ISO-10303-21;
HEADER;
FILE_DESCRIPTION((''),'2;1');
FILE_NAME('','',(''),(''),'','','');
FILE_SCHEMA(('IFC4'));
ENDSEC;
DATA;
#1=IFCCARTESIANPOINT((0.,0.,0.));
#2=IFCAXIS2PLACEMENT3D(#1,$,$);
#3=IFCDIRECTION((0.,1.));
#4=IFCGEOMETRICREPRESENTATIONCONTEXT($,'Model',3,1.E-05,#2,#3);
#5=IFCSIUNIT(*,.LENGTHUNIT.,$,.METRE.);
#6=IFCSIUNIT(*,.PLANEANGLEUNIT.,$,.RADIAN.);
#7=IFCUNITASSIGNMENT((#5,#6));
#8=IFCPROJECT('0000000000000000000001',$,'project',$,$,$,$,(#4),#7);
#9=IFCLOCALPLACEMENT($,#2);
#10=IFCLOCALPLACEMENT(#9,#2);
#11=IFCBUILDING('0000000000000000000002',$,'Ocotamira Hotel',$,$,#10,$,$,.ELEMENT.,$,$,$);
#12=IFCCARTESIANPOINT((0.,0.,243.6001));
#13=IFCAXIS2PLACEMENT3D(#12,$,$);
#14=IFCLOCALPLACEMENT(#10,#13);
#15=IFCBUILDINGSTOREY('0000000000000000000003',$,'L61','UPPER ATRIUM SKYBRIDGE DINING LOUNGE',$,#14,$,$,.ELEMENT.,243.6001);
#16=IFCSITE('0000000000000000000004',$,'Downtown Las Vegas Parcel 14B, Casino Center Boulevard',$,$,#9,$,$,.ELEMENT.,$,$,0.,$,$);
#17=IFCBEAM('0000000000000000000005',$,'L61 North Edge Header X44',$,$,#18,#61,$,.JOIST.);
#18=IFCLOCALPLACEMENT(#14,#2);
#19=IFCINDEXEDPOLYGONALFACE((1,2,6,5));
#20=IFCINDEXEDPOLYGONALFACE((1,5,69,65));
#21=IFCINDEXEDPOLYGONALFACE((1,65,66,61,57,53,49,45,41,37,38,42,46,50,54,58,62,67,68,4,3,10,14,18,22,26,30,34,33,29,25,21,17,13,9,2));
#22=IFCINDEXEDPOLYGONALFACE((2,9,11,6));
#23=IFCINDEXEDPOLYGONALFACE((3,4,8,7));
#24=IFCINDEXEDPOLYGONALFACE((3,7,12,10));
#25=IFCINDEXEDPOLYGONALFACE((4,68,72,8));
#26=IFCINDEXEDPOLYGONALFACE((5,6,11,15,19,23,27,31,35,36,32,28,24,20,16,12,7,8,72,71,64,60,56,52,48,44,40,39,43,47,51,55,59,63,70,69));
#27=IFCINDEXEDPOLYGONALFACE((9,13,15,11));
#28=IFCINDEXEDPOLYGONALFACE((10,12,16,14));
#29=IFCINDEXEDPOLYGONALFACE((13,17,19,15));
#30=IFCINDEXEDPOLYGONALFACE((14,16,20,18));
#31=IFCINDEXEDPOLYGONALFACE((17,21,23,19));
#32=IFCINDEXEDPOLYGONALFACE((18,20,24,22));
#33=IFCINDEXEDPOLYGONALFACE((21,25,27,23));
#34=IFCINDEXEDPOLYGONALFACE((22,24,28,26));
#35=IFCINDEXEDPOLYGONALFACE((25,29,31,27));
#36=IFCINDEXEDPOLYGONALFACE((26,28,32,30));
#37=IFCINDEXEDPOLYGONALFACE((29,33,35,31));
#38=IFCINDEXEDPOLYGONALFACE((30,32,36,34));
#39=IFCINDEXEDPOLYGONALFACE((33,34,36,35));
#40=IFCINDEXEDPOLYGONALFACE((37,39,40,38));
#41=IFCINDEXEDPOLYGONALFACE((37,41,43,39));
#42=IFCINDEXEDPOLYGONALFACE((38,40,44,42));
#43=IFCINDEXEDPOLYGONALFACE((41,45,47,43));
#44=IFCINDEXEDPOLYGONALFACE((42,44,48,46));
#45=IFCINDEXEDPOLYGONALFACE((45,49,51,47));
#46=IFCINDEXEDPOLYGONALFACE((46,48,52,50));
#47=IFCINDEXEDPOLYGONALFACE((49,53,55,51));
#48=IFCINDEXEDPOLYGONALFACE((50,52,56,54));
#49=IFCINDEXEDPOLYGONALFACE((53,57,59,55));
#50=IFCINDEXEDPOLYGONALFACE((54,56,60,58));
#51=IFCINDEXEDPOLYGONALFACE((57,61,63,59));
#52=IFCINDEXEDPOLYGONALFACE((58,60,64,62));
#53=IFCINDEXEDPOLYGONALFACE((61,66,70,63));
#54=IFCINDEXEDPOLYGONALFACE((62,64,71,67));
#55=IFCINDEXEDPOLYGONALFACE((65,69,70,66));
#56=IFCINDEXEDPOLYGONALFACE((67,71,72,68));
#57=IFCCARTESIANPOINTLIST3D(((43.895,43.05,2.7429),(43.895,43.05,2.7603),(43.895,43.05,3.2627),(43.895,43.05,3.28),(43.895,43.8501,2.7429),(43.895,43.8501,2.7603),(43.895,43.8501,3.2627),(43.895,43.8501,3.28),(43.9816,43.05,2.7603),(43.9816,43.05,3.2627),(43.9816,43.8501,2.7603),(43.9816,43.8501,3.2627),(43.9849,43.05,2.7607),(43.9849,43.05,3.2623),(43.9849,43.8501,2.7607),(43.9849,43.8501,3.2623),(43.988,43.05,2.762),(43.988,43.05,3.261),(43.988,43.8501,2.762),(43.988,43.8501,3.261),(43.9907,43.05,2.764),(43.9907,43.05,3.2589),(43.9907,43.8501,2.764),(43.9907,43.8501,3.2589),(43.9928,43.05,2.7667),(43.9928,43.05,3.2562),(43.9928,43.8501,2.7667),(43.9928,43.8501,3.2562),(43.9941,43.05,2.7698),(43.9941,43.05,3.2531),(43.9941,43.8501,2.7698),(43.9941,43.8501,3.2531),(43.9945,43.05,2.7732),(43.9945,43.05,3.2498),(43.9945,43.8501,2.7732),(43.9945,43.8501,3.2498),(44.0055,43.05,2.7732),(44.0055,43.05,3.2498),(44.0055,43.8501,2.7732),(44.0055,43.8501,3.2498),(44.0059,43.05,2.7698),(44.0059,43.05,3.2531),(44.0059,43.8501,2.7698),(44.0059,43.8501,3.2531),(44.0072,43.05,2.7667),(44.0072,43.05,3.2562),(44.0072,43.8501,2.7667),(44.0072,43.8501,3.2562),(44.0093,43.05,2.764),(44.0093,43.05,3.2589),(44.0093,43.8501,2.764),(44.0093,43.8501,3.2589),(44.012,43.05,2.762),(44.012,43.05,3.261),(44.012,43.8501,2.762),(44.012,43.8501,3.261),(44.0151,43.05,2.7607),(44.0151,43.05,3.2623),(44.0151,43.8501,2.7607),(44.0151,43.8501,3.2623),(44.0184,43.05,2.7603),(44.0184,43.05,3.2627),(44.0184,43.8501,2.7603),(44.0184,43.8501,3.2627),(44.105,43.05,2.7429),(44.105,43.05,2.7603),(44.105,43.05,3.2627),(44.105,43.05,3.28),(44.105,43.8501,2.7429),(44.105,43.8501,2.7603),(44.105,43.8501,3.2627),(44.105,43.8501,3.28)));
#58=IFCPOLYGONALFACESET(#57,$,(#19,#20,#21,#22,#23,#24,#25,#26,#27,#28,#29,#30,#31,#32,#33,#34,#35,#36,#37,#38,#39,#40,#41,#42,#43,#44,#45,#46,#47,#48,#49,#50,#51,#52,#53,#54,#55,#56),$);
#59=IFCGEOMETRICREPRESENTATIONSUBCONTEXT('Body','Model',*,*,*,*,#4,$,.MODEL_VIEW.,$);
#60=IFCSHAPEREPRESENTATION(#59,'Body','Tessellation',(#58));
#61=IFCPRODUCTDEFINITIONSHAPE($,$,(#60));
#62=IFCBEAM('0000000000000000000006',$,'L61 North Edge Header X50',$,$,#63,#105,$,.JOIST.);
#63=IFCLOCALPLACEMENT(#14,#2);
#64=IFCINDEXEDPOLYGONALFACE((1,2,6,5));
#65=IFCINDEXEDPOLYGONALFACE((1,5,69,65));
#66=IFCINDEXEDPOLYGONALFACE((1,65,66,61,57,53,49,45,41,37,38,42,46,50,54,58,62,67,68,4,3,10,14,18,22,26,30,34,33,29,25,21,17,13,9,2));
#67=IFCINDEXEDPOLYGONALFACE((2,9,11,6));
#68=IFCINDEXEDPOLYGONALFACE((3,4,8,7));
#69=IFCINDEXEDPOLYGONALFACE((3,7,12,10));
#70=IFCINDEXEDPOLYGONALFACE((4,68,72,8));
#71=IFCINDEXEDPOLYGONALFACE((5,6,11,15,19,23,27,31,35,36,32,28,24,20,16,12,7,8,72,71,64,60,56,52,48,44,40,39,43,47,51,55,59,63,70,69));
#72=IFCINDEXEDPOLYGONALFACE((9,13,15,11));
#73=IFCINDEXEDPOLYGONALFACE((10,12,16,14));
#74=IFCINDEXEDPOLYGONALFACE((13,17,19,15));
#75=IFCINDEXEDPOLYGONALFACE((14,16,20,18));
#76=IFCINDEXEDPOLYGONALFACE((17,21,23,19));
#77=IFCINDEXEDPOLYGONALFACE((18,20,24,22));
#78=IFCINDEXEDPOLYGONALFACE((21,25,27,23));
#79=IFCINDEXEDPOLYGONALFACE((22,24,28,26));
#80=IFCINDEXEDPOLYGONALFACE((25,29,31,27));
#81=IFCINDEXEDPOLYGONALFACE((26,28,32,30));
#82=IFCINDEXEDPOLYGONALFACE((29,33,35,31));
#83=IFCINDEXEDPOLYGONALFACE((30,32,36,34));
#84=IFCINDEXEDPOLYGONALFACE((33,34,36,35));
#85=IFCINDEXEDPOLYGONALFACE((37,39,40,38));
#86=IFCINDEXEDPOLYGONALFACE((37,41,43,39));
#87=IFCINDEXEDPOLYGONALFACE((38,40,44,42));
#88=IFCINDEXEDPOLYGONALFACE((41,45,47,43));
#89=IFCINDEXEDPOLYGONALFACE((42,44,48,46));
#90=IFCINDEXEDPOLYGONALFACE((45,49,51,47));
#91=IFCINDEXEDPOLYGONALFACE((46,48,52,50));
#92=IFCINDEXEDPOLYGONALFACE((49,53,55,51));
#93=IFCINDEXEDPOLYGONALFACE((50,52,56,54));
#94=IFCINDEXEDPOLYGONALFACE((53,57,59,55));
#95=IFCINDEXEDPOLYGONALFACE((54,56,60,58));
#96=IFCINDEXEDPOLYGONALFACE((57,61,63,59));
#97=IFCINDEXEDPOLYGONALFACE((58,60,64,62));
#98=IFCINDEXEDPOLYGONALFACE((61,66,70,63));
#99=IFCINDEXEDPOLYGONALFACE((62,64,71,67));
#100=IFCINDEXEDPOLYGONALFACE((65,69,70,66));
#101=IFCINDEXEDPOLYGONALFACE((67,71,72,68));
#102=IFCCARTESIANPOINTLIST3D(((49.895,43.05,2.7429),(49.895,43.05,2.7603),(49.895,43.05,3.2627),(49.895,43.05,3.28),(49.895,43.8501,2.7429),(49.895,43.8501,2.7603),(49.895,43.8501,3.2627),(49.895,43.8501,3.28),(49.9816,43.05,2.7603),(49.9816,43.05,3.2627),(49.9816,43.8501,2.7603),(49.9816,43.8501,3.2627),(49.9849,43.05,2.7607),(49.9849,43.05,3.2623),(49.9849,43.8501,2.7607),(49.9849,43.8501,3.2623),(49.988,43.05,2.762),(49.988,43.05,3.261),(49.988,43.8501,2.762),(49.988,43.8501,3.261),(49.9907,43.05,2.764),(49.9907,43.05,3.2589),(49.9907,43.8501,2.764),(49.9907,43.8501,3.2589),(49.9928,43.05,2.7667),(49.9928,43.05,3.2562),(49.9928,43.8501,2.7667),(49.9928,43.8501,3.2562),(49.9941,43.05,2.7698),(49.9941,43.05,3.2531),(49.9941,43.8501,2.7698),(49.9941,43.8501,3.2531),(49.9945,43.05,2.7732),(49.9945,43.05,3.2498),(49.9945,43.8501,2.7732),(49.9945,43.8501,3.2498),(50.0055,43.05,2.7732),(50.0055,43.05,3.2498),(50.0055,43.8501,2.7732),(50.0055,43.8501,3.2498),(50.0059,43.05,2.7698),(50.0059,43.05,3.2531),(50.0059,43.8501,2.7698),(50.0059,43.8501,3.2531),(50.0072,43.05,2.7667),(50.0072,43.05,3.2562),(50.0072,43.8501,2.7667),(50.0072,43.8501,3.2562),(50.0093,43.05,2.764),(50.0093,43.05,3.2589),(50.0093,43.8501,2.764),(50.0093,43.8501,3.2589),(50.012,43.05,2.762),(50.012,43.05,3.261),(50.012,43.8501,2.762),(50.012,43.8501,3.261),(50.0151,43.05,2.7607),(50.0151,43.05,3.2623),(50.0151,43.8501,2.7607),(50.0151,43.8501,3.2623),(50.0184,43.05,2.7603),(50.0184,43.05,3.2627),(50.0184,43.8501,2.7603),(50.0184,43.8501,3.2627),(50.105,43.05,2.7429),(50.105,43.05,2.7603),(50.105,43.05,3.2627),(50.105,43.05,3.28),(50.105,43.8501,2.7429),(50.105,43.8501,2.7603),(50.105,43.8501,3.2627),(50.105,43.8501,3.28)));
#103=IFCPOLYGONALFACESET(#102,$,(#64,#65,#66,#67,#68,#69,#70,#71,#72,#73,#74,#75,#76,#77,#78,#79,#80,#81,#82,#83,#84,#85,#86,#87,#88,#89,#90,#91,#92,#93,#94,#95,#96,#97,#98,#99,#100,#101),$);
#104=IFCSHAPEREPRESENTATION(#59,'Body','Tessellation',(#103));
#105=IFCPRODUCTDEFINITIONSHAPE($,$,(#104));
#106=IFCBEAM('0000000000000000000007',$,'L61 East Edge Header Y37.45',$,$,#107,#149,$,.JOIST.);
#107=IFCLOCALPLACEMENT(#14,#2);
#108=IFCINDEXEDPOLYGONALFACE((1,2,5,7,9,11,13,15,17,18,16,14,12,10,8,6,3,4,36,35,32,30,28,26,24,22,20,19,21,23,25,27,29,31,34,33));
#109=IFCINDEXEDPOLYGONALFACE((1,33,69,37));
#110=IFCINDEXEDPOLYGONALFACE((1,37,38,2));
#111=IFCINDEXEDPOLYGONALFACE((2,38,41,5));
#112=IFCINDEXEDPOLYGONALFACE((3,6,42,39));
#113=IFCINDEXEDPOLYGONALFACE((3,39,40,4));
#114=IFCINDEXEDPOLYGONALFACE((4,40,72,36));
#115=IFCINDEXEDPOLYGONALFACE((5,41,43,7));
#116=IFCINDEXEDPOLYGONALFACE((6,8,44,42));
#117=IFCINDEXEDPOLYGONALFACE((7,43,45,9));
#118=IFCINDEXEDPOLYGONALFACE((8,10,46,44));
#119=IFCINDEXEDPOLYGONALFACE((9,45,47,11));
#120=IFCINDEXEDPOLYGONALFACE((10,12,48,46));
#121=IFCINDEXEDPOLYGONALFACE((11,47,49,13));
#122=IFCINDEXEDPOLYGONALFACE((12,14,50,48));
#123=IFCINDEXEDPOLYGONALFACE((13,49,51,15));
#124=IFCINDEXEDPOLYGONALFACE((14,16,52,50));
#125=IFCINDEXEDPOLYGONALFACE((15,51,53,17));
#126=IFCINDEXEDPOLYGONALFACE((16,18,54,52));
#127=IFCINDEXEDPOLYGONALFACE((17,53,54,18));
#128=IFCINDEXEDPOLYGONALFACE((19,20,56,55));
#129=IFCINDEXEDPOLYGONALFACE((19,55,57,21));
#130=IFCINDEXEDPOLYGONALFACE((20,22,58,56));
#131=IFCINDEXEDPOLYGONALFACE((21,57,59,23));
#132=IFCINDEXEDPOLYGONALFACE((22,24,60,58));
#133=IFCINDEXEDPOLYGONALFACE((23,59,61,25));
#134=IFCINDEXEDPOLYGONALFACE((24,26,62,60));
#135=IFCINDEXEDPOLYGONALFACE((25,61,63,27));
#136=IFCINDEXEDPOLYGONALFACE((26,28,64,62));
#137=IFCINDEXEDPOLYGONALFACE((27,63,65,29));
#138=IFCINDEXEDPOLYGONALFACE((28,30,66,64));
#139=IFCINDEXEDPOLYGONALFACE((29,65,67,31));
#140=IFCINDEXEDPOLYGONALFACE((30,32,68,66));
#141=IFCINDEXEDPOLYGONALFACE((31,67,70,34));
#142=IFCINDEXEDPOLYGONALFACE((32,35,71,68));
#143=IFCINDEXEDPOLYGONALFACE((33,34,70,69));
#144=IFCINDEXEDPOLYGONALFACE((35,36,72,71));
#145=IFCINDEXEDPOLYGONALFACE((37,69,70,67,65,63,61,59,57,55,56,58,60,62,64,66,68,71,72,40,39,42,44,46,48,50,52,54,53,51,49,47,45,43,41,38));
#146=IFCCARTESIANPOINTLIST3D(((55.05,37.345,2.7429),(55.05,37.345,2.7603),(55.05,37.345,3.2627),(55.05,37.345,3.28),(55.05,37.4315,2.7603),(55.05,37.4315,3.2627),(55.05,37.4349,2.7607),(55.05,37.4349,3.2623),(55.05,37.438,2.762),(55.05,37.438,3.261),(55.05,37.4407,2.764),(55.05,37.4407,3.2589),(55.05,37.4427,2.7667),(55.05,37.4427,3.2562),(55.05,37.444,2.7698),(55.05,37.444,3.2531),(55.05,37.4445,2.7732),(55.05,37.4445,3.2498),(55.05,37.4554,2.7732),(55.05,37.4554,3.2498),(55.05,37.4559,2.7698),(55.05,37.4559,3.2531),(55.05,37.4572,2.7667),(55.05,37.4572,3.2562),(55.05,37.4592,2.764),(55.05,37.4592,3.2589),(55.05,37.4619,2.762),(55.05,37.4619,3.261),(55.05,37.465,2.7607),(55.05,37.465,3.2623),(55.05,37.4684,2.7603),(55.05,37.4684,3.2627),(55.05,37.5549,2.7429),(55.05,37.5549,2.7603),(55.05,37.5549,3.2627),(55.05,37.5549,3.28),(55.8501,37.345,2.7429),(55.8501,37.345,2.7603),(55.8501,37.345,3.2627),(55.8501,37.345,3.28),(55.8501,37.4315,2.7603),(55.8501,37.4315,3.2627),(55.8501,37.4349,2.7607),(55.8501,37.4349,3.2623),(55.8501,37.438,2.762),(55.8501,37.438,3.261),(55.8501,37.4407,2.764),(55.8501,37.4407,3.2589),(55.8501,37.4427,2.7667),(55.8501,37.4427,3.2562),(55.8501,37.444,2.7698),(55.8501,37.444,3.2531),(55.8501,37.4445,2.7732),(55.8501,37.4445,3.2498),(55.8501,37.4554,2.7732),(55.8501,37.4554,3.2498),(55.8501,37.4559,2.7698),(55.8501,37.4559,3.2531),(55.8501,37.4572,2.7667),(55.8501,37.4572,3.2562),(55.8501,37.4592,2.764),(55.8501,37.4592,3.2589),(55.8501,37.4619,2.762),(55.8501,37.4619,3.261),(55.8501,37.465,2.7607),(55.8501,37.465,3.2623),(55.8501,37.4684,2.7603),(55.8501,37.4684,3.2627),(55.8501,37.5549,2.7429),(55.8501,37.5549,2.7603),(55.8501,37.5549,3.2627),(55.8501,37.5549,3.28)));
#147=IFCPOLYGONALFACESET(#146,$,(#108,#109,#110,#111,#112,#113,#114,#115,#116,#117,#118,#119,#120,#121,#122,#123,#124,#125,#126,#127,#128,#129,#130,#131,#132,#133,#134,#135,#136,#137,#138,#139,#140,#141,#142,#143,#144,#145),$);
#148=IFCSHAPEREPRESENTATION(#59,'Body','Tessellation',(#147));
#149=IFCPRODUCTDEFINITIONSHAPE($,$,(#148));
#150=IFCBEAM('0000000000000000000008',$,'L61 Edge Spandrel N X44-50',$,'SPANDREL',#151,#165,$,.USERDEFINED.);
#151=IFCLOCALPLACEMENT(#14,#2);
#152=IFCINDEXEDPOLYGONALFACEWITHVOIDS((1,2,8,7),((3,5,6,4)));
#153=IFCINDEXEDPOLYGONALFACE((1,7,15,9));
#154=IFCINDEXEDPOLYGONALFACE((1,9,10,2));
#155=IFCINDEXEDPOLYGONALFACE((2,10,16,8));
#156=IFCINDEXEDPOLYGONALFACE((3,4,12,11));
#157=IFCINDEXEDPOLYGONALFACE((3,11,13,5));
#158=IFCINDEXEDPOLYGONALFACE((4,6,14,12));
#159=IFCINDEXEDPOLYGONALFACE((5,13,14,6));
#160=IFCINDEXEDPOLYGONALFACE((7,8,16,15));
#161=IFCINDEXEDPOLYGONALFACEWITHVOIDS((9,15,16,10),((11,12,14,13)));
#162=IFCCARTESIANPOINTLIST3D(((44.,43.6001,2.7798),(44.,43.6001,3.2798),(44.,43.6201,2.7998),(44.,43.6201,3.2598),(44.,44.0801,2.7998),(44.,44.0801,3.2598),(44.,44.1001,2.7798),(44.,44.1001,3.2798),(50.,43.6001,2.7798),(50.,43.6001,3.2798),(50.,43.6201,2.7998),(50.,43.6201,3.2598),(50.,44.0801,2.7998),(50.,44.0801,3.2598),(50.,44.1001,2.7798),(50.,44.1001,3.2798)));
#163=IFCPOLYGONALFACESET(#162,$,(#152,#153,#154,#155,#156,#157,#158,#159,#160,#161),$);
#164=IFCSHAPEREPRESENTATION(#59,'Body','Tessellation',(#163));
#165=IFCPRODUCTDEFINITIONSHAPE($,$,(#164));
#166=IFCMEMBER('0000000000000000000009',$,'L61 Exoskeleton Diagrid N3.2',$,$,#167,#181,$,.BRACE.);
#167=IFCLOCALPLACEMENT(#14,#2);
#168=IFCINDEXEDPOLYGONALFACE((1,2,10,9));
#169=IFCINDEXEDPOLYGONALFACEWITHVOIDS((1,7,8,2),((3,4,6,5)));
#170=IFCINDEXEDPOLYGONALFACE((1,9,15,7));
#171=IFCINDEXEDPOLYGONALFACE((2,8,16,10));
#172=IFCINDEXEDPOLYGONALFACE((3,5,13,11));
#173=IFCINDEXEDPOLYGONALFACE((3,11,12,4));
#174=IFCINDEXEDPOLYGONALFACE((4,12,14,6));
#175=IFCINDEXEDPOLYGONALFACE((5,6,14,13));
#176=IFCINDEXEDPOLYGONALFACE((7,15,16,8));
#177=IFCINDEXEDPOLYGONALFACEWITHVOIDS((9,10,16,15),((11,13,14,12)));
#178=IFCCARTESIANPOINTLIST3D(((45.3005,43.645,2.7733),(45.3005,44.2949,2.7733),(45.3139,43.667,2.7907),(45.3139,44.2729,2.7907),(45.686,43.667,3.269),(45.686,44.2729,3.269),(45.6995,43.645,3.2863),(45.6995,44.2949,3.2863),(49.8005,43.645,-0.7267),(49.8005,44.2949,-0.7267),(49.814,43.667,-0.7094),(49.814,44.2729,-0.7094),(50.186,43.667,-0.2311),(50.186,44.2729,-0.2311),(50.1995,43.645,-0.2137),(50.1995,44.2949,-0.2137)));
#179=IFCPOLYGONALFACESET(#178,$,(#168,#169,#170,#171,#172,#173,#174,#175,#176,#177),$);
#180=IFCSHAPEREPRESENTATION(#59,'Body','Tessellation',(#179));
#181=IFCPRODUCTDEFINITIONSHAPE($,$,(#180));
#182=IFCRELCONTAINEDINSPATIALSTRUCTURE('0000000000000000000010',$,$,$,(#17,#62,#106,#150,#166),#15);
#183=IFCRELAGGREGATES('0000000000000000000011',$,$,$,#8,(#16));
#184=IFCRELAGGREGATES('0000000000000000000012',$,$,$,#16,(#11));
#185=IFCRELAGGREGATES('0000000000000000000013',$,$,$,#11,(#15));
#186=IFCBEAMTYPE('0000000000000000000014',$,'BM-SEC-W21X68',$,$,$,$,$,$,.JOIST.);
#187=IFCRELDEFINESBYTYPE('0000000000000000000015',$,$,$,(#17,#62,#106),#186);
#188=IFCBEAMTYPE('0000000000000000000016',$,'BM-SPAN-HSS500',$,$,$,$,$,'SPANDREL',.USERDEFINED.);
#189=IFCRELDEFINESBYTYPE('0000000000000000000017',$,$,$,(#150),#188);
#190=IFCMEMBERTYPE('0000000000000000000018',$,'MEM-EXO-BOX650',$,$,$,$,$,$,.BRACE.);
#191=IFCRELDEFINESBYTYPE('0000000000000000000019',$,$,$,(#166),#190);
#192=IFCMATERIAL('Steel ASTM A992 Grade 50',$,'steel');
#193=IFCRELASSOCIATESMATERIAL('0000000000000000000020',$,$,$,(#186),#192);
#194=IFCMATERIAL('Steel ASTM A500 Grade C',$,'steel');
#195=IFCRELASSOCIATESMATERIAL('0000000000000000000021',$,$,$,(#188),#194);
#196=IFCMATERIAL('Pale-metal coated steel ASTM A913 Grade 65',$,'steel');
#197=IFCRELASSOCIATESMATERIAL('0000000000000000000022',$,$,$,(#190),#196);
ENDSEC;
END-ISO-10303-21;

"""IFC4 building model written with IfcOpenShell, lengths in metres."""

from ifc_helpers import new_model, si_unit, direction, frame, origin, origin_2d, place, context, subcontext, project, spatial, hollow_rectangle, i_section, extrude, source, transform, mapped, material, material_profile, profile_set, type_object, element, save


model = new_model("IFC4")

# Units and contexts
model_context = context("Model", 3, precision=1e-05, world=origin(), true_north=direction((0.0, 1.0)))
body_context = subcontext(model_context, "Body", "Model", "MODEL_VIEW")
ifc_project = project(units=[si_unit("LENGTHUNIT", "METRE"), si_unit("PLANEANGLEUNIT", "RADIAN")], contexts=[model_context])

# Site, building, storey
site_placement = place(None, origin())
site = spatial("IfcSite", under=ifc_project, at=site_placement, Name="Downtown Las Vegas Parcel 14B, Casino Center Boulevard", CompositionType="ELEMENT", RefElevation=0.0)
building_placement = place(site_placement, origin())
building = spatial("IfcBuilding", under=site, at=building_placement, Name="Ocotamira Hotel", CompositionType="ELEMENT")
storey_placement = place(building_placement, frame((0.0, 0.0, 243.6001)))
storey = spatial("IfcBuildingStorey", under=building, at=storey_placement, Name="L61", Description="UPPER ATRIUM SKYBRIDGE DINING LOUNGE", CompositionType="ELEMENT", Elevation=243.6001)

# Shared definitions
ifc_material_1 = material(Name="Steel ASTM A992 Grade 50", Category="steel")

# Beams
ifc_material_profile_1 = material_profile(ifc_material_1, i_section(OverallWidth=0.21, OverallDepth=0.5371, WebThickness=0.011, FlangeThickness=0.0173, FilletRadius=0.0129, at=origin_2d()), Name="W21X68")
ifc_profile_set_1 = profile_set([ifc_material_profile_1], Name="Steel ASTM A992 Grade 50")
beam_type_1 = type_object("IfcBeamType", Name="BM-SEC-W21X68", PredefinedType="JOIST", material=ifc_profile_set_1)
shared_shape_1 = source(origin(), body_context, "Body", "SweptSolid", [
    extrude(i_section(OverallWidth=0.21, OverallDepth=0.5371, WebThickness=0.011, FlangeThickness=0.0173, FilletRadius=0.0129, at=origin_2d()), origin(), (0.0, 0.0, 1.0), 0.8),
])
for number, where, z_axis, x_axis, name in (
    (1, (44.0, 43.05, 3.0115), (0.0, 1.0, 0.0), (-1.0, 0.0, 0.0), "L61 North Edge Header X44"),
    (2, (50.0, 43.05, 3.0115), (0.0, 1.0, 0.0), (-1.0, 0.0, 0.0), "L61 North Edge Header X50"),
    (3, (55.05, 37.45, 3.0115), (1.0, 0.0, 0.0), (0.0, 1.0, 0.0), "L61 East Edge Header Y37.45"),
):
    element("IfcBeam", number, at=place(storey_placement, frame(where, z_axis=z_axis, x_axis=x_axis)), inside=storey, type_object=beam_type_1, Name=name, PredefinedType="JOIST", context=body_context, shape_type="MappedRepresentation", body=[
        mapped(shared_shape_1, transform((0.0, 0.0, 0.0), scale=1.0)),
    ])
ifc_material_2 = material(Name="Steel ASTM A500 Grade C", Category="steel")
ifc_material_profile_2 = material_profile(ifc_material_2, hollow_rectangle(XDim=0.5, YDim=0.5, WallThickness=0.02, at=origin_2d()), Name="HSS500X500X20")
ifc_profile_set_2 = profile_set([ifc_material_profile_2], Name="Steel ASTM A500 Grade C")
beam_type_2 = type_object("IfcBeamType", Name="BM-SPAN-HSS500", ElementType="SPANDREL", PredefinedType="USERDEFINED", material=ifc_profile_set_2)
shared_shape_2 = source(origin(), body_context, "Body", "SweptSolid", [
    extrude(hollow_rectangle(XDim=0.5, YDim=0.5, WallThickness=0.02, at=origin_2d()), origin(), (0.0, 0.0, 1.0), 6.0),
])
beam_1_placement = place(storey_placement, frame((44.0, 43.8501, 3.0298), z_axis=(1.0, 0.0, 0.0), x_axis=(0.0, 1.0, 0.0)))
element("IfcBeam", 4, at=beam_1_placement, inside=storey, type_object=beam_type_2, Name="L61 Edge Spandrel N X44-50", ObjectType="SPANDREL", PredefinedType="USERDEFINED", context=body_context, shape_type="MappedRepresentation", body=[
    mapped(shared_shape_2, transform((0.0, 0.0, 0.0), scale=1.0)),
])

# Member
ifc_material_3 = material(Name="Pale-metal coated steel ASTM A913 Grade 65", Category="steel")
ifc_material_profile_3 = material_profile(ifc_material_3, hollow_rectangle(XDim=0.6499, YDim=0.6499, WallThickness=0.022, at=origin_2d()), Name="BOX650X650X22")
ifc_profile_set_3 = profile_set([ifc_material_profile_3], Name="Pale-metal coated steel ASTM A913 Grade 65")
member_type_1 = type_object("IfcMemberType", Name="MEM-EXO-BOX650", PredefinedType="BRACE", material=ifc_profile_set_3)
shared_shape_3 = source(origin(), body_context, "Body", "SweptSolid", [
    extrude(hollow_rectangle(XDim=0.6499, YDim=0.6499, WallThickness=0.022, at=origin_2d()), origin(), (0.0, 0.0, 1.0), 5.7009),
])
member_1_placement = place(storey_placement, frame((50.0, 43.97, -0.4702), z_axis=(-0.789352, 0.0, 0.613941), x_axis=(0.0, -1.0, 0.0)))
element("IfcMember", 5, at=member_1_placement, inside=storey, type_object=member_type_1, Name="L61 Exoskeleton Diagrid N3.2", PredefinedType="BRACE", context=body_context, shape_type="MappedRepresentation", body=[
    mapped(shared_shape_3, transform((0.0, 0.0, 0.0), scale=1.0)),
])

save(model, "model.ifc")
